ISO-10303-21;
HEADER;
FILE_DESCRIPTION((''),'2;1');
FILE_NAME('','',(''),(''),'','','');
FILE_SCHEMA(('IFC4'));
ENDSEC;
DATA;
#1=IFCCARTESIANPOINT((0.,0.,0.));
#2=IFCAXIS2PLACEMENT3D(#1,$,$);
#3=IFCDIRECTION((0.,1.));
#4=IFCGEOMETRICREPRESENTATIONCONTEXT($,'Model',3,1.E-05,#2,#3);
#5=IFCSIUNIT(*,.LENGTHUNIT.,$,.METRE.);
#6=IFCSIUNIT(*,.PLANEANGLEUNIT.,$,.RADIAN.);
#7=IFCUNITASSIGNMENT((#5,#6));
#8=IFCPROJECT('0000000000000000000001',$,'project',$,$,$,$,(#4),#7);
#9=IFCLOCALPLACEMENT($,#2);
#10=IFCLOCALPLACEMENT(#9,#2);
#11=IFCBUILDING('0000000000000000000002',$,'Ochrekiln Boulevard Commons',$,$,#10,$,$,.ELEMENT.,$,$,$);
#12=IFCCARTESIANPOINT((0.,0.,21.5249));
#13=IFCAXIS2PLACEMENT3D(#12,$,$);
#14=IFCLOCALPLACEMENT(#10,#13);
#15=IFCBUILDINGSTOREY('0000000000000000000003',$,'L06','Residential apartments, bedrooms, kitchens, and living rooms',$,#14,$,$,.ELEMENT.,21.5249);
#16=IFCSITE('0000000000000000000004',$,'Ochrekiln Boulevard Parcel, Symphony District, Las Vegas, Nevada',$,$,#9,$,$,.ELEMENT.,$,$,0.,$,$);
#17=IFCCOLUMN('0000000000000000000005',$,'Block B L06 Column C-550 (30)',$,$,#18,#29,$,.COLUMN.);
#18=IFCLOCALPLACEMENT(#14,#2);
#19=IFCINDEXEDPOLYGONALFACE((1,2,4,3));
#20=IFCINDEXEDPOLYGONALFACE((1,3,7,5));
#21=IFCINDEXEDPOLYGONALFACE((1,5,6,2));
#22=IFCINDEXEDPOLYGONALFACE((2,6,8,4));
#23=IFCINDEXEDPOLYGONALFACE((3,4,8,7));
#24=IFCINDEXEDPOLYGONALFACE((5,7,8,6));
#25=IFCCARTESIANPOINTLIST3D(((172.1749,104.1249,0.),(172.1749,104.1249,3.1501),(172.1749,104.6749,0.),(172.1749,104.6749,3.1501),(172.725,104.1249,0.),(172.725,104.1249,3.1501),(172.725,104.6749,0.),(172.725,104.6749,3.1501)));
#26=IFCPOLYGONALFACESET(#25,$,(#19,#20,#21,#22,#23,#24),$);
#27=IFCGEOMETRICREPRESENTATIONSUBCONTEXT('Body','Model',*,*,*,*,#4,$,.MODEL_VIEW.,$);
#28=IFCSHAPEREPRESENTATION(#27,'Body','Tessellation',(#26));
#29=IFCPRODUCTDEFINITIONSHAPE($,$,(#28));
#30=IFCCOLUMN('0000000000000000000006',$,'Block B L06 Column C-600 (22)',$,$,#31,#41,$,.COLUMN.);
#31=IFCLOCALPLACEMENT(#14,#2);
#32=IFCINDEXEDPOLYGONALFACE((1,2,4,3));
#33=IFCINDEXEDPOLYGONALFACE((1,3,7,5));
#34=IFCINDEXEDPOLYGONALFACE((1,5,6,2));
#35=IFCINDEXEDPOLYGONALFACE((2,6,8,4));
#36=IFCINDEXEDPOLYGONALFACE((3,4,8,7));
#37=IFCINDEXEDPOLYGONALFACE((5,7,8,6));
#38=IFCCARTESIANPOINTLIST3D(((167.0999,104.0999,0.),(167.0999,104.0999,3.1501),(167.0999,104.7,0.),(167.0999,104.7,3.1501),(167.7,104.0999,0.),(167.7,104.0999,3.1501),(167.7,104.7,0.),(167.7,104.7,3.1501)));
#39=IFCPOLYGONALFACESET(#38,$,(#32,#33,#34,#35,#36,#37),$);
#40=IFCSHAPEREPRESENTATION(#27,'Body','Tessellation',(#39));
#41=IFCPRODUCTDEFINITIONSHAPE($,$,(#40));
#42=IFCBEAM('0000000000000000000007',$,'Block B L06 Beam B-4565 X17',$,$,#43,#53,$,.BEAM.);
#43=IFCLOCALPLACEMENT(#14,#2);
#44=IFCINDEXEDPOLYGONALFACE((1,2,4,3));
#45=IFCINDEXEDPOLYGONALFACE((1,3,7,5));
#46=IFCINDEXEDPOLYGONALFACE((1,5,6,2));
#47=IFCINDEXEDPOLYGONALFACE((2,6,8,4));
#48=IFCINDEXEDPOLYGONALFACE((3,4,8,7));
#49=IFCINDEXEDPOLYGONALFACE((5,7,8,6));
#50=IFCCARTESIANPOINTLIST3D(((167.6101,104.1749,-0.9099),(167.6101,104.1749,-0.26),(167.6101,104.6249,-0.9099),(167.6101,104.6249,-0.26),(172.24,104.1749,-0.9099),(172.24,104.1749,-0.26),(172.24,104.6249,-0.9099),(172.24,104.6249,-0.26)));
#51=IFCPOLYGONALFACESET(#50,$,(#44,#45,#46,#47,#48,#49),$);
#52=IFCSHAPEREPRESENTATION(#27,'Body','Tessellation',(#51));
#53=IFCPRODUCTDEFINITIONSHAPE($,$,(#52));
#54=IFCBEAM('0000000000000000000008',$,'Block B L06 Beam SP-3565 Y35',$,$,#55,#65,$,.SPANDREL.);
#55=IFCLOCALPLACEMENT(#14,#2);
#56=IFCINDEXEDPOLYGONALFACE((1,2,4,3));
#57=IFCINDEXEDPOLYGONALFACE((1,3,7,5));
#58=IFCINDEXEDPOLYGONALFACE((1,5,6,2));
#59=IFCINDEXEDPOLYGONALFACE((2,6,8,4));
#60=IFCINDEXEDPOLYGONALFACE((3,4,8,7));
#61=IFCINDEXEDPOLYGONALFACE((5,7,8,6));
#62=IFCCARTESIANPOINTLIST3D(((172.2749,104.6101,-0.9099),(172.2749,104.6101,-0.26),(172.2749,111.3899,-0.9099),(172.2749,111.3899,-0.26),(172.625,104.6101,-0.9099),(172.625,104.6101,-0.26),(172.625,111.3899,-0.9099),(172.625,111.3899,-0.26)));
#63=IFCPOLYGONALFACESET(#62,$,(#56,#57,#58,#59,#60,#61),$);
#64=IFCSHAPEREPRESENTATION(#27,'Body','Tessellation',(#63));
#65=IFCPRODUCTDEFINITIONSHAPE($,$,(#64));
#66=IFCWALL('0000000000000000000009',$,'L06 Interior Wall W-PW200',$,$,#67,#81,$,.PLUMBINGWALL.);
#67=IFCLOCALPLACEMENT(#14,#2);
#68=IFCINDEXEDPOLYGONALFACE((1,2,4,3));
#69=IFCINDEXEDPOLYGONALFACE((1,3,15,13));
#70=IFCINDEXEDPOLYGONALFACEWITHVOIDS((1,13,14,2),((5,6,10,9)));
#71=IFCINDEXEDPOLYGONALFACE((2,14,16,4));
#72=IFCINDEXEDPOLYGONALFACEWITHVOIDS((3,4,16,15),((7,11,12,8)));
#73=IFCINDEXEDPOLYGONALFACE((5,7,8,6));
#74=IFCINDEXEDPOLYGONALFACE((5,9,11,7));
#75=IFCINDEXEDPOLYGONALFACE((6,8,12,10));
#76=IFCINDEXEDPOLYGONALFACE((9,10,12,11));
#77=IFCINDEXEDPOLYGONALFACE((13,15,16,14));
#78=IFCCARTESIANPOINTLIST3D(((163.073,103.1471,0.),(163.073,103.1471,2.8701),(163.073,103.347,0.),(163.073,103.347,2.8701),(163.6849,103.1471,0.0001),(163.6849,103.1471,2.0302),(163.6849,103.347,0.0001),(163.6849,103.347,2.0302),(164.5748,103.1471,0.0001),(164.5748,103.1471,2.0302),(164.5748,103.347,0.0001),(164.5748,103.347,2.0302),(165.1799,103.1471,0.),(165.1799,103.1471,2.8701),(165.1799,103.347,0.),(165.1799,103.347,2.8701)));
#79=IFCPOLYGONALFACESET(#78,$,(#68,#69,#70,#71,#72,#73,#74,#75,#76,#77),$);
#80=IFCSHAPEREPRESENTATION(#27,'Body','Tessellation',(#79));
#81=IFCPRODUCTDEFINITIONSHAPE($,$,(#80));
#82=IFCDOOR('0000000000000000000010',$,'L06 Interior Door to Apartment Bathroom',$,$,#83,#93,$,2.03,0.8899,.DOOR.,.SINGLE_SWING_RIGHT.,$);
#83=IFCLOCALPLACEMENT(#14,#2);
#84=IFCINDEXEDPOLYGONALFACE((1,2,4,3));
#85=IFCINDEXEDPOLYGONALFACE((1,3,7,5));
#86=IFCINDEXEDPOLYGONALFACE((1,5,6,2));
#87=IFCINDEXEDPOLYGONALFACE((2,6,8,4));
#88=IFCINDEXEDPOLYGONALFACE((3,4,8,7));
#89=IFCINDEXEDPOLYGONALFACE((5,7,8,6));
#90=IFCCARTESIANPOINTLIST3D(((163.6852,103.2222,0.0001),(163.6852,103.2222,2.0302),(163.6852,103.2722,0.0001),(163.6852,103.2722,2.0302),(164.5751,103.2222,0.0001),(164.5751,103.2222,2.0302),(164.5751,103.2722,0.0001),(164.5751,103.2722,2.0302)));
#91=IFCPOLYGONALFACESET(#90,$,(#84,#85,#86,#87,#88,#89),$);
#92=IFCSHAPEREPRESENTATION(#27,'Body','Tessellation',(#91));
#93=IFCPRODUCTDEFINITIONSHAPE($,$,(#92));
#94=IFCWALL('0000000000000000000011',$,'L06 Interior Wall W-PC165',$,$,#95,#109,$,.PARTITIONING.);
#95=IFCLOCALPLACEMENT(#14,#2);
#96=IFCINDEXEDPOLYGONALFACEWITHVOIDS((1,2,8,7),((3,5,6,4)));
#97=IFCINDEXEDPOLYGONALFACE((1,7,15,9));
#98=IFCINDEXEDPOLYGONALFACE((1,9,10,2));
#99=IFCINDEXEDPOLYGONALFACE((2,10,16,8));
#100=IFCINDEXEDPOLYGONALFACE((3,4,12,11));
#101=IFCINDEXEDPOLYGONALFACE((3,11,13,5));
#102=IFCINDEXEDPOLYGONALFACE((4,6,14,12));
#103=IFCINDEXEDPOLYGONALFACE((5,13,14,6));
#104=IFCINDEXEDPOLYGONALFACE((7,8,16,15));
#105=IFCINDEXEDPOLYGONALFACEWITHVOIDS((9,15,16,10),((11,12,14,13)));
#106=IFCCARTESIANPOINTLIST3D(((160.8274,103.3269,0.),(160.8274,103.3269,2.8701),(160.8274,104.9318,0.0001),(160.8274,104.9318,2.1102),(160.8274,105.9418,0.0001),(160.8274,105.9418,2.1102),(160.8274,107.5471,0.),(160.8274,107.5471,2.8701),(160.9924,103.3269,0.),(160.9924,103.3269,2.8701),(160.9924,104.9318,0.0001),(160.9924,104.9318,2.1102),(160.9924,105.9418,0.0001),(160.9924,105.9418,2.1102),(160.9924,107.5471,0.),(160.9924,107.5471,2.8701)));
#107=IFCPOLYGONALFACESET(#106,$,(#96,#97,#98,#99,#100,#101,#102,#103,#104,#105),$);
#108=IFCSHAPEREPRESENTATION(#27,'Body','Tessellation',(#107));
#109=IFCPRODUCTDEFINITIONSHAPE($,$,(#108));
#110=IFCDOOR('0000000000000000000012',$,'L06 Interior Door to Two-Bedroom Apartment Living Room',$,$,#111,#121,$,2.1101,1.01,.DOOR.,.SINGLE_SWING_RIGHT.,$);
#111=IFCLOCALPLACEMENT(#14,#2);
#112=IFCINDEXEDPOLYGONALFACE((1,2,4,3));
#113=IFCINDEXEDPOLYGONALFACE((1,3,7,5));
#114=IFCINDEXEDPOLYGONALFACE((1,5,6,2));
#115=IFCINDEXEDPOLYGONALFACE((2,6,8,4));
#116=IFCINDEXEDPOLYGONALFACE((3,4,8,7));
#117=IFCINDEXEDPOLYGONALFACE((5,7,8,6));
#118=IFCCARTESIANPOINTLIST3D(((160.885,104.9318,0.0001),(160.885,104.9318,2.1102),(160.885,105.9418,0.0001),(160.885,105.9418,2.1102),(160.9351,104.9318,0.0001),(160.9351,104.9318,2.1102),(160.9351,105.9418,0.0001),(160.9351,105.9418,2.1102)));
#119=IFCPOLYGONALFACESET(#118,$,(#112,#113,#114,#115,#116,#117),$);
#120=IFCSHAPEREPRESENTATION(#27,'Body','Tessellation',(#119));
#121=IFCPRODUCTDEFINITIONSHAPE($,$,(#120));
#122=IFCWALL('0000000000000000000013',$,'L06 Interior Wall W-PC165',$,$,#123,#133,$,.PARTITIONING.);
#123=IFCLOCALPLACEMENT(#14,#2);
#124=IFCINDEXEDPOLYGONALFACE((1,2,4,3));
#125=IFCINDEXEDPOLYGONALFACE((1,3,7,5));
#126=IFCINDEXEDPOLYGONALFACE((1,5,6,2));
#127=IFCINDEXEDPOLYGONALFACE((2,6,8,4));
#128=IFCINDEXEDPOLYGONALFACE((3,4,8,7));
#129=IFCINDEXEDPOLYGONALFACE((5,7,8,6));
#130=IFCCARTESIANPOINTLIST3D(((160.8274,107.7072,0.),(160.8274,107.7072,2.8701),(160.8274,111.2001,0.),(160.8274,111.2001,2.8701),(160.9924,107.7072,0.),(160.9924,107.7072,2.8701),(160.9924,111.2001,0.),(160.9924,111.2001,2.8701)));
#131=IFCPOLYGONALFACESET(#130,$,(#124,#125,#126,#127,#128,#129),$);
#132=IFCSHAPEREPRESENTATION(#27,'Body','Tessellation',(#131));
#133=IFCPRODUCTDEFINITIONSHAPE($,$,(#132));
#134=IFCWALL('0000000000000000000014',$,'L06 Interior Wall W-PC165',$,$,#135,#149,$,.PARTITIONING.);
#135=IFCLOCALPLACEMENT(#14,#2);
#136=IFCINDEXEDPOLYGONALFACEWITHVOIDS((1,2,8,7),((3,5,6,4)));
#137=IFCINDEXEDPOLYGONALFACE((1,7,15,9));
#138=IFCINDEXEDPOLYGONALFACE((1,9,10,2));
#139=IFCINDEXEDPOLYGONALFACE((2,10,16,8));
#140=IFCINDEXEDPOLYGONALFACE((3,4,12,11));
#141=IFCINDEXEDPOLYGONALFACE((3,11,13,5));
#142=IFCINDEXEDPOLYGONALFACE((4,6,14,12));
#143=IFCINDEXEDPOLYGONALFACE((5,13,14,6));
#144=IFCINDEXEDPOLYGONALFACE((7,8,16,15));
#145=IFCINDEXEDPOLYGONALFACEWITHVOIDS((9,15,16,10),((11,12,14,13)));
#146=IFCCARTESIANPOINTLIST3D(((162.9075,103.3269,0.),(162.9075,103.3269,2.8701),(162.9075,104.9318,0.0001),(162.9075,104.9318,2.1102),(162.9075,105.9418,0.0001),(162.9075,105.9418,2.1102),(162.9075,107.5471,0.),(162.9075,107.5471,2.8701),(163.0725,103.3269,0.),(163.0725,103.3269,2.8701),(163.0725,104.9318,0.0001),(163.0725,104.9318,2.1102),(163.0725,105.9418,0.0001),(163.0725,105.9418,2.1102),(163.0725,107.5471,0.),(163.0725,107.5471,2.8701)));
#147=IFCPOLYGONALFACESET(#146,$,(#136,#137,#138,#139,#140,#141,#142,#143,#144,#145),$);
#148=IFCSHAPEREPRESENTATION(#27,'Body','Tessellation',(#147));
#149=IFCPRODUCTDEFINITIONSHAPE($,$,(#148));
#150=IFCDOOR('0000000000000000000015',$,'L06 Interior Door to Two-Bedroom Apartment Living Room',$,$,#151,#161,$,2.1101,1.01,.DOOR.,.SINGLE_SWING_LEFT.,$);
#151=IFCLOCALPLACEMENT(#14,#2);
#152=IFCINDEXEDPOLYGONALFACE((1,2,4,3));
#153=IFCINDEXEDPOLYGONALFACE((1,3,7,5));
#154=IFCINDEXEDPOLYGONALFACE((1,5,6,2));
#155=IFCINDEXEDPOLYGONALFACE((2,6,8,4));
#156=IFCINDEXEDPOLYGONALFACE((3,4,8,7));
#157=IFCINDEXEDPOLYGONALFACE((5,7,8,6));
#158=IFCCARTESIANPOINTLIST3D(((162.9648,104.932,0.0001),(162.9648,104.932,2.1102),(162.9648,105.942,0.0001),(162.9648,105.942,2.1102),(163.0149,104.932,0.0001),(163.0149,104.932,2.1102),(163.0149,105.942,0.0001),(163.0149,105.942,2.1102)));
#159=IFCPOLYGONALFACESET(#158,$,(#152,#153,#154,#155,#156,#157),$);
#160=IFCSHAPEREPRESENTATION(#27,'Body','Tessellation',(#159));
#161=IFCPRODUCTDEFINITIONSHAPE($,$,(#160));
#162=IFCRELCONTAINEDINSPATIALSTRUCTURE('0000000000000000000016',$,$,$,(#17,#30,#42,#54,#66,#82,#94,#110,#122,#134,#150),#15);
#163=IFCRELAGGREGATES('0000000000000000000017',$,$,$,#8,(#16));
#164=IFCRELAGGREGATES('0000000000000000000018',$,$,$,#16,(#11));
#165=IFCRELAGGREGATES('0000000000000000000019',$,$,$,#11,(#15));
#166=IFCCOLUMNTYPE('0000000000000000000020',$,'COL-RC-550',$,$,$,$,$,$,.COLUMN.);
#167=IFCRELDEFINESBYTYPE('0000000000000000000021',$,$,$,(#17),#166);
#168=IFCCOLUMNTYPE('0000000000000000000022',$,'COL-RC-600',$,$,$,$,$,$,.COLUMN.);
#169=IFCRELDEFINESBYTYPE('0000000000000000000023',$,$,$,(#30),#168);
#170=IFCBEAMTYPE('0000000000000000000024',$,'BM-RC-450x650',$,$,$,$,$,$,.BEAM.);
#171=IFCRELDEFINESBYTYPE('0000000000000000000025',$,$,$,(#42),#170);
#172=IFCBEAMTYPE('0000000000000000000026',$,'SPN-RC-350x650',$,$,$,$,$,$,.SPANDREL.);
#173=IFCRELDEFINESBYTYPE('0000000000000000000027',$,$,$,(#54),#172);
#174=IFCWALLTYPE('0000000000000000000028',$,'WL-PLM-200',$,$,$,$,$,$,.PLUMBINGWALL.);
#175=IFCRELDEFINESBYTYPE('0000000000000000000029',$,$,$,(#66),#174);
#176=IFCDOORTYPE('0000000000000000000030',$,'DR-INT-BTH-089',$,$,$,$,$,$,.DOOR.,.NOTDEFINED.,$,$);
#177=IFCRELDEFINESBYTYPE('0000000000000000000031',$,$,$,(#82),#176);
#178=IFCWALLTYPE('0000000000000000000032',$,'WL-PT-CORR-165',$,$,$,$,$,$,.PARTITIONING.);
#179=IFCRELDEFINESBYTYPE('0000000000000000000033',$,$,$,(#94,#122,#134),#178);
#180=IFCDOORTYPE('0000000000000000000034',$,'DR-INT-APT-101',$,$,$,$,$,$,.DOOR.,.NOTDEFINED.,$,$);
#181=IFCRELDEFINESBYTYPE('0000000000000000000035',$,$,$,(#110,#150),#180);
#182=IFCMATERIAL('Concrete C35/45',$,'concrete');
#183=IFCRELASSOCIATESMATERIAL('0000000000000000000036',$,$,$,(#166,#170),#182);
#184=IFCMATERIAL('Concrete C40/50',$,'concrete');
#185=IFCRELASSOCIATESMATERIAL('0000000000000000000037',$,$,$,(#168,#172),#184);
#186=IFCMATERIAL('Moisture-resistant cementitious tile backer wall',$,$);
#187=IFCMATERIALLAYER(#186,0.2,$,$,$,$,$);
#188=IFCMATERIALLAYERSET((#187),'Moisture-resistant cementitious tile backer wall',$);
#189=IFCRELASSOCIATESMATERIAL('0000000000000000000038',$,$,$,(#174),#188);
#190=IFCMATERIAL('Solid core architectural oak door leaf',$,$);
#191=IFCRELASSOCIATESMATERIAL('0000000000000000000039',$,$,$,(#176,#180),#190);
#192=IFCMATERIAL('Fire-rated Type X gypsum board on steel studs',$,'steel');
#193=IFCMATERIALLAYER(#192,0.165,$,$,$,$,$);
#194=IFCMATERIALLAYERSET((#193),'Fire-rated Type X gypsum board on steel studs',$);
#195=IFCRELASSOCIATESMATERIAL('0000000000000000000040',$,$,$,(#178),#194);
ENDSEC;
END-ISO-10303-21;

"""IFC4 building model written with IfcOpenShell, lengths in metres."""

from ifc_helpers import new_model, si_unit, direction, frame, frame_2d, origin, origin_2d, place, context, subcontext, project, spatial, rectangle, extrude, material, layer, layer_set, material_profile, profile_set, type_object, element, fill, save


model = new_model("IFC4")

# Units and contexts
model_context = context("Model", 3, precision=1e-05, world=origin(), true_north=direction((0.0, 1.0)))
body_context = subcontext(model_context, "Body", "Model", "MODEL_VIEW")
ifc_project = project(units=[si_unit("LENGTHUNIT", "METRE"), si_unit("PLANEANGLEUNIT", "RADIAN")], contexts=[model_context])

# Site, building, storey
site_placement = place(None, origin())
site = spatial("IfcSite", under=ifc_project, at=site_placement, Name="Ochrekiln Boulevard Parcel, Symphony District, Las Vegas, Nevada", CompositionType="ELEMENT", RefElevation=0.0)
building_placement = place(site_placement, origin())
building = spatial("IfcBuilding", under=site, at=building_placement, Name="Ochrekiln Boulevard Commons", CompositionType="ELEMENT")
storey_placement = place(building_placement, frame((0.0, 0.0, 21.5249)))
storey = spatial("IfcBuildingStorey", under=building, at=storey_placement, Name="L06", Description="Residential apartments, bedrooms, kitchens, and living rooms", CompositionType="ELEMENT", Elevation=21.5249)

# Columns
ifc_material_1 = material(Name="Concrete C35/45", Category="concrete")
ifc_material_profile_1 = material_profile(ifc_material_1, rectangle(XDim=0.55, YDim=0.55, at=origin_2d()), Name="RC-COL-550x550")
ifc_profile_set_1 = profile_set([ifc_material_profile_1], Name="Concrete C35/45")
column_type_1 = type_object("IfcColumnType", Name="COL-RC-550", PredefinedType="COLUMN", material=ifc_profile_set_1)
column_1_placement = place(storey_placement, frame((172.45, 104.3999, 0.0), z_axis=(0.0, 0.0, 1.0), x_axis=(1.0, 0.0, 0.0)))
element("IfcColumn", 1, at=column_1_placement, inside=storey, type_object=column_type_1, Name="Block B L06 Column C-550 (30)", PredefinedType="COLUMN", context=body_context, shape_type="SweptSolid", body=[
    extrude(rectangle(XDim=0.55, YDim=0.55, at=origin_2d()), origin(), (0.0, 0.0, 1.0), 3.1501),
])
ifc_material_2 = material(Name="Concrete C40/50", Category="concrete")
ifc_material_profile_2 = material_profile(ifc_material_2, rectangle(XDim=0.6001, YDim=0.6001, at=origin_2d()), Name="RC-COL-600x600")
ifc_profile_set_2 = profile_set([ifc_material_profile_2], Name="Concrete C40/50")
column_type_2 = type_object("IfcColumnType", Name="COL-RC-600", PredefinedType="COLUMN", material=ifc_profile_set_2)
column_2_placement = place(storey_placement, frame((167.3999, 104.3999, 0.0), z_axis=(0.0, 0.0, 1.0), x_axis=(1.0, 0.0, 0.0)))
element("IfcColumn", 2, at=column_2_placement, inside=storey, type_object=column_type_2, Name="Block B L06 Column C-600 (22)", PredefinedType="COLUMN", context=body_context, shape_type="SweptSolid", body=[
    extrude(rectangle(XDim=0.6001, YDim=0.6001, at=origin_2d()), origin(), (0.0, 0.0, 1.0), 3.1501),
])

# Beams
ifc_material_profile_3 = material_profile(ifc_material_1, rectangle(XDim=0.45, YDim=0.6499, at=origin_2d()), Name="RC-BM-450x650")
ifc_profile_set_3 = profile_set([ifc_material_profile_3], Name="Concrete C35/45")
beam_type_1 = type_object("IfcBeamType", Name="BM-RC-450x650", PredefinedType="BEAM", material=ifc_profile_set_3)
beam_1_placement = place(storey_placement, frame((167.6101, 104.3999, -0.585), z_axis=(1.0, 0.0, 0.0), x_axis=(0.0, 1.0, 0.0)))
element("IfcBeam", 3, at=beam_1_placement, inside=storey, type_object=beam_type_1, Name="Block B L06 Beam B-4565 X17", PredefinedType="BEAM", context=body_context, shape_type="SweptSolid", body=[
    extrude(rectangle(XDim=0.45, YDim=0.6499, at=origin_2d()), origin(), (0.0, 0.0, 1.0), 4.6299),
])
ifc_material_profile_4 = material_profile(ifc_material_2, rectangle(XDim=0.3501, YDim=0.6499, at=origin_2d()), Name="RC-SPN-350x650")
ifc_profile_set_4 = profile_set([ifc_material_profile_4], Name="Concrete C40/50")
beam_type_2 = type_object("IfcBeamType", Name="SPN-RC-350x650", PredefinedType="SPANDREL", material=ifc_profile_set_4)
beam_2_placement = place(storey_placement, frame((172.45, 104.6101, -0.585), z_axis=(0.0, 1.0, 0.0), x_axis=(-1.0, 0.0, 0.0)))
element("IfcBeam", 4, at=beam_2_placement, inside=storey, type_object=beam_type_2, Name="Block B L06 Beam SP-3565 Y35", PredefinedType="SPANDREL", context=body_context, shape_type="SweptSolid", body=[
    extrude(rectangle(XDim=0.3501, YDim=0.6499, at=origin_2d()), origin(), (0.0, 0.0, 1.0), 6.7798),
])

# Walls, openings, doors
ifc_material_3 = material(Name="Moisture-resistant cementitious tile backer wall")
ifc_layer_1 = layer(ifc_material_3, 0.2)
ifc_layer_set_1 = layer_set([ifc_layer_1], Name="Moisture-resistant cementitious tile backer wall")
wall_type_1 = type_object("IfcWallType", Name="WL-PLM-200", PredefinedType="PLUMBINGWALL", material=ifc_layer_set_1)
wall_1_placement = place(storey_placement, frame((163.073, 103.2471, 0.0), z_axis=(0.0, 0.0, 1.0), x_axis=(1.0, 0.0, 0.0)))
wall_1 = element("IfcWall", 5, at=wall_1_placement, inside=storey, type_object=wall_type_1, Name="L06 Interior Wall W-PW200", PredefinedType="PLUMBINGWALL", context=body_context, shape_type="SweptSolid", body=[
    extrude(rectangle(XDim=2.1069, YDim=0.2, at=frame_2d((1.0535, 0.0))), origin(), (0.0, 0.0, 1.0), 2.8701),
])
opening_1_placement = place(wall_1_placement, frame((0.6121, 0.0, 0.0)))
opening_1 = element("IfcOpeningElement", 6, at=opening_1_placement, cuts=wall_1, PredefinedType="OPENING", context=body_context, shape_type="SweptSolid", body=[
    extrude(rectangle(XDim=0.8899, YDim=2.03, at=frame_2d((0.4448, 1.0151))), frame((0.0, 0.1099, 0.0), z_axis=(0.0, -1.0, 0.0), x_axis=(1.0, 0.0, 0.0)), (0.0, 0.0, 1.0), 0.22),
])
ifc_material_4 = material(Name="Solid core architectural oak door leaf")
door_type_1 = type_object("IfcDoorType", Name="DR-INT-BTH-089", OperationType="NOTDEFINED", PredefinedType="DOOR", material=ifc_material_4)
door_1_placement = place(opening_1_placement, frame((0.8899, 0.0, 0.0), z_axis=(0.0, 0.0, 1.0), x_axis=(-1.0, 0.0, 0.0)))
door_1 = element("IfcDoor", 7, at=door_1_placement, inside=storey, type_object=door_type_1, Name="L06 Interior Door to Apartment Bathroom", OperationType="SINGLE_SWING_RIGHT", OverallHeight=2.03, OverallWidth=0.8899, PredefinedType="DOOR", context=body_context, shape_type="SweptSolid", body=[
    extrude(rectangle(XDim=0.8899, YDim=2.03, at=frame_2d((0.4448, 1.0151))), frame((0.0, 0.0249, 0.0), z_axis=(0.0, -1.0, 0.0), x_axis=(1.0, 0.0, 0.0)), (0.0, 0.0, 1.0), 0.05),
])
fill(opening_1, door_1)
ifc_material_5 = material(Name="Fire-rated Type X gypsum board on steel studs", Category="steel")
ifc_layer_2 = layer(ifc_material_5, 0.165)
ifc_layer_set_2 = layer_set([ifc_layer_2], Name="Fire-rated Type X gypsum board on steel studs")
wall_type_2 = type_object("IfcWallType", Name="WL-PT-CORR-165", PredefinedType="PARTITIONING", material=ifc_layer_set_2)
wall_2_placement = place(storey_placement, frame((160.9099, 103.3269, 0.0), z_axis=(0.0, 0.0, 1.0), x_axis=(0.0, 1.0, 0.0)))
wall_2 = element("IfcWall", 8, at=wall_2_placement, inside=storey, type_object=wall_type_2, Name="L06 Interior Wall W-PC165", PredefinedType="PARTITIONING", context=body_context, shape_type="SweptSolid", body=[
    extrude(rectangle(XDim=4.2202, YDim=0.165, at=frame_2d((2.1101, 0.0))), origin(), (0.0, 0.0, 1.0), 2.8701),
])
opening_2_placement = place(wall_2_placement, frame((1.605, 0.0, 0.0)))
opening_2 = element("IfcOpeningElement", 9, at=opening_2_placement, cuts=wall_2, PredefinedType="OPENING", context=body_context, shape_type="SweptSolid", body=[
    extrude(rectangle(XDim=1.01, YDim=2.1101, at=frame_2d((0.5049, 1.0552))), frame((0.0, 0.0925, 0.0), z_axis=(0.0, -1.0, 0.0), x_axis=(1.0, 0.0, 0.0)), (0.0, 0.0, 1.0), 0.1851),
])
door_type_2 = type_object("IfcDoorType", Name="DR-INT-APT-101", OperationType="NOTDEFINED", PredefinedType="DOOR", material=ifc_material_4)
door_2_placement = place(opening_2_placement, origin())
door_2 = element("IfcDoor", 10, at=door_2_placement, inside=storey, type_object=door_type_2, Name="L06 Interior Door to Two-Bedroom Apartment Living Room", OperationType="SINGLE_SWING_RIGHT", OverallHeight=2.1101, OverallWidth=1.01, PredefinedType="DOOR", context=body_context, shape_type="SweptSolid", body=[
    extrude(rectangle(XDim=1.01, YDim=2.1101, at=frame_2d((0.5049, 1.0552))), frame((0.0, 0.0249, 0.0), z_axis=(0.0, -1.0, 0.0), x_axis=(1.0, 0.0, 0.0)), (0.0, 0.0, 1.0), 0.05),
])
fill(opening_2, door_2)

# Wall
wall_3_placement = place(storey_placement, frame((160.9099, 107.707, 0.0), z_axis=(0.0, 0.0, 1.0), x_axis=(0.0, 1.0, 0.0)))
element("IfcWall", 11, at=wall_3_placement, inside=storey, type_object=wall_type_2, Name="L06 Interior Wall W-PC165", PredefinedType="PARTITIONING", context=body_context, shape_type="SweptSolid", body=[
    extrude(rectangle(XDim=3.4929, YDim=0.165, at=frame_2d((1.7466, 0.0))), origin(), (0.0, 0.0, 1.0), 2.8701),
])

# Wall, opening, door
wall_4_placement = place(storey_placement, frame((162.99, 103.3269, 0.0), z_axis=(0.0, 0.0, 1.0), x_axis=(0.0, 1.0, 0.0)))
wall_4 = element("IfcWall", 12, at=wall_4_placement, inside=storey, type_object=wall_type_2, Name="L06 Interior Wall W-PC165", PredefinedType="PARTITIONING", context=body_context, shape_type="SweptSolid", body=[
    extrude(rectangle(XDim=4.2202, YDim=0.165, at=frame_2d((2.1101, 0.0))), origin(), (0.0, 0.0, 1.0), 2.8701),
])
opening_3_placement = place(wall_4_placement, frame((1.605, 0.0, 0.0)))
opening_3 = element("IfcOpeningElement", 13, at=opening_3_placement, cuts=wall_4, PredefinedType="OPENING", context=body_context, shape_type="SweptSolid", body=[
    extrude(rectangle(XDim=1.01, YDim=2.1101, at=frame_2d((0.5049, 1.0552))), frame((0.0, 0.0925, 0.0), z_axis=(0.0, -1.0, 0.0), x_axis=(1.0, 0.0, 0.0)), (0.0, 0.0, 1.0), 0.1851),
])
door_3_placement = place(opening_3_placement, frame((1.01, 0.0, 0.0), z_axis=(0.0, 0.0, 1.0), x_axis=(-1.0, 0.0, 0.0)))
door_3 = element("IfcDoor", 14, at=door_3_placement, inside=storey, type_object=door_type_2, Name="L06 Interior Door to Two-Bedroom Apartment Living Room", OperationType="SINGLE_SWING_LEFT", OverallHeight=2.1101, OverallWidth=1.01, PredefinedType="DOOR", context=body_context, shape_type="SweptSolid", body=[
    extrude(rectangle(XDim=1.01, YDim=2.1101, at=frame_2d((0.5049, 1.0552))), frame((0.0, 0.0249, 0.0), z_axis=(0.0, -1.0, 0.0), x_axis=(1.0, 0.0, 0.0)), (0.0, 0.0, 1.0), 0.05),
])
fill(opening_3, door_3)

save(model, "model.ifc")
